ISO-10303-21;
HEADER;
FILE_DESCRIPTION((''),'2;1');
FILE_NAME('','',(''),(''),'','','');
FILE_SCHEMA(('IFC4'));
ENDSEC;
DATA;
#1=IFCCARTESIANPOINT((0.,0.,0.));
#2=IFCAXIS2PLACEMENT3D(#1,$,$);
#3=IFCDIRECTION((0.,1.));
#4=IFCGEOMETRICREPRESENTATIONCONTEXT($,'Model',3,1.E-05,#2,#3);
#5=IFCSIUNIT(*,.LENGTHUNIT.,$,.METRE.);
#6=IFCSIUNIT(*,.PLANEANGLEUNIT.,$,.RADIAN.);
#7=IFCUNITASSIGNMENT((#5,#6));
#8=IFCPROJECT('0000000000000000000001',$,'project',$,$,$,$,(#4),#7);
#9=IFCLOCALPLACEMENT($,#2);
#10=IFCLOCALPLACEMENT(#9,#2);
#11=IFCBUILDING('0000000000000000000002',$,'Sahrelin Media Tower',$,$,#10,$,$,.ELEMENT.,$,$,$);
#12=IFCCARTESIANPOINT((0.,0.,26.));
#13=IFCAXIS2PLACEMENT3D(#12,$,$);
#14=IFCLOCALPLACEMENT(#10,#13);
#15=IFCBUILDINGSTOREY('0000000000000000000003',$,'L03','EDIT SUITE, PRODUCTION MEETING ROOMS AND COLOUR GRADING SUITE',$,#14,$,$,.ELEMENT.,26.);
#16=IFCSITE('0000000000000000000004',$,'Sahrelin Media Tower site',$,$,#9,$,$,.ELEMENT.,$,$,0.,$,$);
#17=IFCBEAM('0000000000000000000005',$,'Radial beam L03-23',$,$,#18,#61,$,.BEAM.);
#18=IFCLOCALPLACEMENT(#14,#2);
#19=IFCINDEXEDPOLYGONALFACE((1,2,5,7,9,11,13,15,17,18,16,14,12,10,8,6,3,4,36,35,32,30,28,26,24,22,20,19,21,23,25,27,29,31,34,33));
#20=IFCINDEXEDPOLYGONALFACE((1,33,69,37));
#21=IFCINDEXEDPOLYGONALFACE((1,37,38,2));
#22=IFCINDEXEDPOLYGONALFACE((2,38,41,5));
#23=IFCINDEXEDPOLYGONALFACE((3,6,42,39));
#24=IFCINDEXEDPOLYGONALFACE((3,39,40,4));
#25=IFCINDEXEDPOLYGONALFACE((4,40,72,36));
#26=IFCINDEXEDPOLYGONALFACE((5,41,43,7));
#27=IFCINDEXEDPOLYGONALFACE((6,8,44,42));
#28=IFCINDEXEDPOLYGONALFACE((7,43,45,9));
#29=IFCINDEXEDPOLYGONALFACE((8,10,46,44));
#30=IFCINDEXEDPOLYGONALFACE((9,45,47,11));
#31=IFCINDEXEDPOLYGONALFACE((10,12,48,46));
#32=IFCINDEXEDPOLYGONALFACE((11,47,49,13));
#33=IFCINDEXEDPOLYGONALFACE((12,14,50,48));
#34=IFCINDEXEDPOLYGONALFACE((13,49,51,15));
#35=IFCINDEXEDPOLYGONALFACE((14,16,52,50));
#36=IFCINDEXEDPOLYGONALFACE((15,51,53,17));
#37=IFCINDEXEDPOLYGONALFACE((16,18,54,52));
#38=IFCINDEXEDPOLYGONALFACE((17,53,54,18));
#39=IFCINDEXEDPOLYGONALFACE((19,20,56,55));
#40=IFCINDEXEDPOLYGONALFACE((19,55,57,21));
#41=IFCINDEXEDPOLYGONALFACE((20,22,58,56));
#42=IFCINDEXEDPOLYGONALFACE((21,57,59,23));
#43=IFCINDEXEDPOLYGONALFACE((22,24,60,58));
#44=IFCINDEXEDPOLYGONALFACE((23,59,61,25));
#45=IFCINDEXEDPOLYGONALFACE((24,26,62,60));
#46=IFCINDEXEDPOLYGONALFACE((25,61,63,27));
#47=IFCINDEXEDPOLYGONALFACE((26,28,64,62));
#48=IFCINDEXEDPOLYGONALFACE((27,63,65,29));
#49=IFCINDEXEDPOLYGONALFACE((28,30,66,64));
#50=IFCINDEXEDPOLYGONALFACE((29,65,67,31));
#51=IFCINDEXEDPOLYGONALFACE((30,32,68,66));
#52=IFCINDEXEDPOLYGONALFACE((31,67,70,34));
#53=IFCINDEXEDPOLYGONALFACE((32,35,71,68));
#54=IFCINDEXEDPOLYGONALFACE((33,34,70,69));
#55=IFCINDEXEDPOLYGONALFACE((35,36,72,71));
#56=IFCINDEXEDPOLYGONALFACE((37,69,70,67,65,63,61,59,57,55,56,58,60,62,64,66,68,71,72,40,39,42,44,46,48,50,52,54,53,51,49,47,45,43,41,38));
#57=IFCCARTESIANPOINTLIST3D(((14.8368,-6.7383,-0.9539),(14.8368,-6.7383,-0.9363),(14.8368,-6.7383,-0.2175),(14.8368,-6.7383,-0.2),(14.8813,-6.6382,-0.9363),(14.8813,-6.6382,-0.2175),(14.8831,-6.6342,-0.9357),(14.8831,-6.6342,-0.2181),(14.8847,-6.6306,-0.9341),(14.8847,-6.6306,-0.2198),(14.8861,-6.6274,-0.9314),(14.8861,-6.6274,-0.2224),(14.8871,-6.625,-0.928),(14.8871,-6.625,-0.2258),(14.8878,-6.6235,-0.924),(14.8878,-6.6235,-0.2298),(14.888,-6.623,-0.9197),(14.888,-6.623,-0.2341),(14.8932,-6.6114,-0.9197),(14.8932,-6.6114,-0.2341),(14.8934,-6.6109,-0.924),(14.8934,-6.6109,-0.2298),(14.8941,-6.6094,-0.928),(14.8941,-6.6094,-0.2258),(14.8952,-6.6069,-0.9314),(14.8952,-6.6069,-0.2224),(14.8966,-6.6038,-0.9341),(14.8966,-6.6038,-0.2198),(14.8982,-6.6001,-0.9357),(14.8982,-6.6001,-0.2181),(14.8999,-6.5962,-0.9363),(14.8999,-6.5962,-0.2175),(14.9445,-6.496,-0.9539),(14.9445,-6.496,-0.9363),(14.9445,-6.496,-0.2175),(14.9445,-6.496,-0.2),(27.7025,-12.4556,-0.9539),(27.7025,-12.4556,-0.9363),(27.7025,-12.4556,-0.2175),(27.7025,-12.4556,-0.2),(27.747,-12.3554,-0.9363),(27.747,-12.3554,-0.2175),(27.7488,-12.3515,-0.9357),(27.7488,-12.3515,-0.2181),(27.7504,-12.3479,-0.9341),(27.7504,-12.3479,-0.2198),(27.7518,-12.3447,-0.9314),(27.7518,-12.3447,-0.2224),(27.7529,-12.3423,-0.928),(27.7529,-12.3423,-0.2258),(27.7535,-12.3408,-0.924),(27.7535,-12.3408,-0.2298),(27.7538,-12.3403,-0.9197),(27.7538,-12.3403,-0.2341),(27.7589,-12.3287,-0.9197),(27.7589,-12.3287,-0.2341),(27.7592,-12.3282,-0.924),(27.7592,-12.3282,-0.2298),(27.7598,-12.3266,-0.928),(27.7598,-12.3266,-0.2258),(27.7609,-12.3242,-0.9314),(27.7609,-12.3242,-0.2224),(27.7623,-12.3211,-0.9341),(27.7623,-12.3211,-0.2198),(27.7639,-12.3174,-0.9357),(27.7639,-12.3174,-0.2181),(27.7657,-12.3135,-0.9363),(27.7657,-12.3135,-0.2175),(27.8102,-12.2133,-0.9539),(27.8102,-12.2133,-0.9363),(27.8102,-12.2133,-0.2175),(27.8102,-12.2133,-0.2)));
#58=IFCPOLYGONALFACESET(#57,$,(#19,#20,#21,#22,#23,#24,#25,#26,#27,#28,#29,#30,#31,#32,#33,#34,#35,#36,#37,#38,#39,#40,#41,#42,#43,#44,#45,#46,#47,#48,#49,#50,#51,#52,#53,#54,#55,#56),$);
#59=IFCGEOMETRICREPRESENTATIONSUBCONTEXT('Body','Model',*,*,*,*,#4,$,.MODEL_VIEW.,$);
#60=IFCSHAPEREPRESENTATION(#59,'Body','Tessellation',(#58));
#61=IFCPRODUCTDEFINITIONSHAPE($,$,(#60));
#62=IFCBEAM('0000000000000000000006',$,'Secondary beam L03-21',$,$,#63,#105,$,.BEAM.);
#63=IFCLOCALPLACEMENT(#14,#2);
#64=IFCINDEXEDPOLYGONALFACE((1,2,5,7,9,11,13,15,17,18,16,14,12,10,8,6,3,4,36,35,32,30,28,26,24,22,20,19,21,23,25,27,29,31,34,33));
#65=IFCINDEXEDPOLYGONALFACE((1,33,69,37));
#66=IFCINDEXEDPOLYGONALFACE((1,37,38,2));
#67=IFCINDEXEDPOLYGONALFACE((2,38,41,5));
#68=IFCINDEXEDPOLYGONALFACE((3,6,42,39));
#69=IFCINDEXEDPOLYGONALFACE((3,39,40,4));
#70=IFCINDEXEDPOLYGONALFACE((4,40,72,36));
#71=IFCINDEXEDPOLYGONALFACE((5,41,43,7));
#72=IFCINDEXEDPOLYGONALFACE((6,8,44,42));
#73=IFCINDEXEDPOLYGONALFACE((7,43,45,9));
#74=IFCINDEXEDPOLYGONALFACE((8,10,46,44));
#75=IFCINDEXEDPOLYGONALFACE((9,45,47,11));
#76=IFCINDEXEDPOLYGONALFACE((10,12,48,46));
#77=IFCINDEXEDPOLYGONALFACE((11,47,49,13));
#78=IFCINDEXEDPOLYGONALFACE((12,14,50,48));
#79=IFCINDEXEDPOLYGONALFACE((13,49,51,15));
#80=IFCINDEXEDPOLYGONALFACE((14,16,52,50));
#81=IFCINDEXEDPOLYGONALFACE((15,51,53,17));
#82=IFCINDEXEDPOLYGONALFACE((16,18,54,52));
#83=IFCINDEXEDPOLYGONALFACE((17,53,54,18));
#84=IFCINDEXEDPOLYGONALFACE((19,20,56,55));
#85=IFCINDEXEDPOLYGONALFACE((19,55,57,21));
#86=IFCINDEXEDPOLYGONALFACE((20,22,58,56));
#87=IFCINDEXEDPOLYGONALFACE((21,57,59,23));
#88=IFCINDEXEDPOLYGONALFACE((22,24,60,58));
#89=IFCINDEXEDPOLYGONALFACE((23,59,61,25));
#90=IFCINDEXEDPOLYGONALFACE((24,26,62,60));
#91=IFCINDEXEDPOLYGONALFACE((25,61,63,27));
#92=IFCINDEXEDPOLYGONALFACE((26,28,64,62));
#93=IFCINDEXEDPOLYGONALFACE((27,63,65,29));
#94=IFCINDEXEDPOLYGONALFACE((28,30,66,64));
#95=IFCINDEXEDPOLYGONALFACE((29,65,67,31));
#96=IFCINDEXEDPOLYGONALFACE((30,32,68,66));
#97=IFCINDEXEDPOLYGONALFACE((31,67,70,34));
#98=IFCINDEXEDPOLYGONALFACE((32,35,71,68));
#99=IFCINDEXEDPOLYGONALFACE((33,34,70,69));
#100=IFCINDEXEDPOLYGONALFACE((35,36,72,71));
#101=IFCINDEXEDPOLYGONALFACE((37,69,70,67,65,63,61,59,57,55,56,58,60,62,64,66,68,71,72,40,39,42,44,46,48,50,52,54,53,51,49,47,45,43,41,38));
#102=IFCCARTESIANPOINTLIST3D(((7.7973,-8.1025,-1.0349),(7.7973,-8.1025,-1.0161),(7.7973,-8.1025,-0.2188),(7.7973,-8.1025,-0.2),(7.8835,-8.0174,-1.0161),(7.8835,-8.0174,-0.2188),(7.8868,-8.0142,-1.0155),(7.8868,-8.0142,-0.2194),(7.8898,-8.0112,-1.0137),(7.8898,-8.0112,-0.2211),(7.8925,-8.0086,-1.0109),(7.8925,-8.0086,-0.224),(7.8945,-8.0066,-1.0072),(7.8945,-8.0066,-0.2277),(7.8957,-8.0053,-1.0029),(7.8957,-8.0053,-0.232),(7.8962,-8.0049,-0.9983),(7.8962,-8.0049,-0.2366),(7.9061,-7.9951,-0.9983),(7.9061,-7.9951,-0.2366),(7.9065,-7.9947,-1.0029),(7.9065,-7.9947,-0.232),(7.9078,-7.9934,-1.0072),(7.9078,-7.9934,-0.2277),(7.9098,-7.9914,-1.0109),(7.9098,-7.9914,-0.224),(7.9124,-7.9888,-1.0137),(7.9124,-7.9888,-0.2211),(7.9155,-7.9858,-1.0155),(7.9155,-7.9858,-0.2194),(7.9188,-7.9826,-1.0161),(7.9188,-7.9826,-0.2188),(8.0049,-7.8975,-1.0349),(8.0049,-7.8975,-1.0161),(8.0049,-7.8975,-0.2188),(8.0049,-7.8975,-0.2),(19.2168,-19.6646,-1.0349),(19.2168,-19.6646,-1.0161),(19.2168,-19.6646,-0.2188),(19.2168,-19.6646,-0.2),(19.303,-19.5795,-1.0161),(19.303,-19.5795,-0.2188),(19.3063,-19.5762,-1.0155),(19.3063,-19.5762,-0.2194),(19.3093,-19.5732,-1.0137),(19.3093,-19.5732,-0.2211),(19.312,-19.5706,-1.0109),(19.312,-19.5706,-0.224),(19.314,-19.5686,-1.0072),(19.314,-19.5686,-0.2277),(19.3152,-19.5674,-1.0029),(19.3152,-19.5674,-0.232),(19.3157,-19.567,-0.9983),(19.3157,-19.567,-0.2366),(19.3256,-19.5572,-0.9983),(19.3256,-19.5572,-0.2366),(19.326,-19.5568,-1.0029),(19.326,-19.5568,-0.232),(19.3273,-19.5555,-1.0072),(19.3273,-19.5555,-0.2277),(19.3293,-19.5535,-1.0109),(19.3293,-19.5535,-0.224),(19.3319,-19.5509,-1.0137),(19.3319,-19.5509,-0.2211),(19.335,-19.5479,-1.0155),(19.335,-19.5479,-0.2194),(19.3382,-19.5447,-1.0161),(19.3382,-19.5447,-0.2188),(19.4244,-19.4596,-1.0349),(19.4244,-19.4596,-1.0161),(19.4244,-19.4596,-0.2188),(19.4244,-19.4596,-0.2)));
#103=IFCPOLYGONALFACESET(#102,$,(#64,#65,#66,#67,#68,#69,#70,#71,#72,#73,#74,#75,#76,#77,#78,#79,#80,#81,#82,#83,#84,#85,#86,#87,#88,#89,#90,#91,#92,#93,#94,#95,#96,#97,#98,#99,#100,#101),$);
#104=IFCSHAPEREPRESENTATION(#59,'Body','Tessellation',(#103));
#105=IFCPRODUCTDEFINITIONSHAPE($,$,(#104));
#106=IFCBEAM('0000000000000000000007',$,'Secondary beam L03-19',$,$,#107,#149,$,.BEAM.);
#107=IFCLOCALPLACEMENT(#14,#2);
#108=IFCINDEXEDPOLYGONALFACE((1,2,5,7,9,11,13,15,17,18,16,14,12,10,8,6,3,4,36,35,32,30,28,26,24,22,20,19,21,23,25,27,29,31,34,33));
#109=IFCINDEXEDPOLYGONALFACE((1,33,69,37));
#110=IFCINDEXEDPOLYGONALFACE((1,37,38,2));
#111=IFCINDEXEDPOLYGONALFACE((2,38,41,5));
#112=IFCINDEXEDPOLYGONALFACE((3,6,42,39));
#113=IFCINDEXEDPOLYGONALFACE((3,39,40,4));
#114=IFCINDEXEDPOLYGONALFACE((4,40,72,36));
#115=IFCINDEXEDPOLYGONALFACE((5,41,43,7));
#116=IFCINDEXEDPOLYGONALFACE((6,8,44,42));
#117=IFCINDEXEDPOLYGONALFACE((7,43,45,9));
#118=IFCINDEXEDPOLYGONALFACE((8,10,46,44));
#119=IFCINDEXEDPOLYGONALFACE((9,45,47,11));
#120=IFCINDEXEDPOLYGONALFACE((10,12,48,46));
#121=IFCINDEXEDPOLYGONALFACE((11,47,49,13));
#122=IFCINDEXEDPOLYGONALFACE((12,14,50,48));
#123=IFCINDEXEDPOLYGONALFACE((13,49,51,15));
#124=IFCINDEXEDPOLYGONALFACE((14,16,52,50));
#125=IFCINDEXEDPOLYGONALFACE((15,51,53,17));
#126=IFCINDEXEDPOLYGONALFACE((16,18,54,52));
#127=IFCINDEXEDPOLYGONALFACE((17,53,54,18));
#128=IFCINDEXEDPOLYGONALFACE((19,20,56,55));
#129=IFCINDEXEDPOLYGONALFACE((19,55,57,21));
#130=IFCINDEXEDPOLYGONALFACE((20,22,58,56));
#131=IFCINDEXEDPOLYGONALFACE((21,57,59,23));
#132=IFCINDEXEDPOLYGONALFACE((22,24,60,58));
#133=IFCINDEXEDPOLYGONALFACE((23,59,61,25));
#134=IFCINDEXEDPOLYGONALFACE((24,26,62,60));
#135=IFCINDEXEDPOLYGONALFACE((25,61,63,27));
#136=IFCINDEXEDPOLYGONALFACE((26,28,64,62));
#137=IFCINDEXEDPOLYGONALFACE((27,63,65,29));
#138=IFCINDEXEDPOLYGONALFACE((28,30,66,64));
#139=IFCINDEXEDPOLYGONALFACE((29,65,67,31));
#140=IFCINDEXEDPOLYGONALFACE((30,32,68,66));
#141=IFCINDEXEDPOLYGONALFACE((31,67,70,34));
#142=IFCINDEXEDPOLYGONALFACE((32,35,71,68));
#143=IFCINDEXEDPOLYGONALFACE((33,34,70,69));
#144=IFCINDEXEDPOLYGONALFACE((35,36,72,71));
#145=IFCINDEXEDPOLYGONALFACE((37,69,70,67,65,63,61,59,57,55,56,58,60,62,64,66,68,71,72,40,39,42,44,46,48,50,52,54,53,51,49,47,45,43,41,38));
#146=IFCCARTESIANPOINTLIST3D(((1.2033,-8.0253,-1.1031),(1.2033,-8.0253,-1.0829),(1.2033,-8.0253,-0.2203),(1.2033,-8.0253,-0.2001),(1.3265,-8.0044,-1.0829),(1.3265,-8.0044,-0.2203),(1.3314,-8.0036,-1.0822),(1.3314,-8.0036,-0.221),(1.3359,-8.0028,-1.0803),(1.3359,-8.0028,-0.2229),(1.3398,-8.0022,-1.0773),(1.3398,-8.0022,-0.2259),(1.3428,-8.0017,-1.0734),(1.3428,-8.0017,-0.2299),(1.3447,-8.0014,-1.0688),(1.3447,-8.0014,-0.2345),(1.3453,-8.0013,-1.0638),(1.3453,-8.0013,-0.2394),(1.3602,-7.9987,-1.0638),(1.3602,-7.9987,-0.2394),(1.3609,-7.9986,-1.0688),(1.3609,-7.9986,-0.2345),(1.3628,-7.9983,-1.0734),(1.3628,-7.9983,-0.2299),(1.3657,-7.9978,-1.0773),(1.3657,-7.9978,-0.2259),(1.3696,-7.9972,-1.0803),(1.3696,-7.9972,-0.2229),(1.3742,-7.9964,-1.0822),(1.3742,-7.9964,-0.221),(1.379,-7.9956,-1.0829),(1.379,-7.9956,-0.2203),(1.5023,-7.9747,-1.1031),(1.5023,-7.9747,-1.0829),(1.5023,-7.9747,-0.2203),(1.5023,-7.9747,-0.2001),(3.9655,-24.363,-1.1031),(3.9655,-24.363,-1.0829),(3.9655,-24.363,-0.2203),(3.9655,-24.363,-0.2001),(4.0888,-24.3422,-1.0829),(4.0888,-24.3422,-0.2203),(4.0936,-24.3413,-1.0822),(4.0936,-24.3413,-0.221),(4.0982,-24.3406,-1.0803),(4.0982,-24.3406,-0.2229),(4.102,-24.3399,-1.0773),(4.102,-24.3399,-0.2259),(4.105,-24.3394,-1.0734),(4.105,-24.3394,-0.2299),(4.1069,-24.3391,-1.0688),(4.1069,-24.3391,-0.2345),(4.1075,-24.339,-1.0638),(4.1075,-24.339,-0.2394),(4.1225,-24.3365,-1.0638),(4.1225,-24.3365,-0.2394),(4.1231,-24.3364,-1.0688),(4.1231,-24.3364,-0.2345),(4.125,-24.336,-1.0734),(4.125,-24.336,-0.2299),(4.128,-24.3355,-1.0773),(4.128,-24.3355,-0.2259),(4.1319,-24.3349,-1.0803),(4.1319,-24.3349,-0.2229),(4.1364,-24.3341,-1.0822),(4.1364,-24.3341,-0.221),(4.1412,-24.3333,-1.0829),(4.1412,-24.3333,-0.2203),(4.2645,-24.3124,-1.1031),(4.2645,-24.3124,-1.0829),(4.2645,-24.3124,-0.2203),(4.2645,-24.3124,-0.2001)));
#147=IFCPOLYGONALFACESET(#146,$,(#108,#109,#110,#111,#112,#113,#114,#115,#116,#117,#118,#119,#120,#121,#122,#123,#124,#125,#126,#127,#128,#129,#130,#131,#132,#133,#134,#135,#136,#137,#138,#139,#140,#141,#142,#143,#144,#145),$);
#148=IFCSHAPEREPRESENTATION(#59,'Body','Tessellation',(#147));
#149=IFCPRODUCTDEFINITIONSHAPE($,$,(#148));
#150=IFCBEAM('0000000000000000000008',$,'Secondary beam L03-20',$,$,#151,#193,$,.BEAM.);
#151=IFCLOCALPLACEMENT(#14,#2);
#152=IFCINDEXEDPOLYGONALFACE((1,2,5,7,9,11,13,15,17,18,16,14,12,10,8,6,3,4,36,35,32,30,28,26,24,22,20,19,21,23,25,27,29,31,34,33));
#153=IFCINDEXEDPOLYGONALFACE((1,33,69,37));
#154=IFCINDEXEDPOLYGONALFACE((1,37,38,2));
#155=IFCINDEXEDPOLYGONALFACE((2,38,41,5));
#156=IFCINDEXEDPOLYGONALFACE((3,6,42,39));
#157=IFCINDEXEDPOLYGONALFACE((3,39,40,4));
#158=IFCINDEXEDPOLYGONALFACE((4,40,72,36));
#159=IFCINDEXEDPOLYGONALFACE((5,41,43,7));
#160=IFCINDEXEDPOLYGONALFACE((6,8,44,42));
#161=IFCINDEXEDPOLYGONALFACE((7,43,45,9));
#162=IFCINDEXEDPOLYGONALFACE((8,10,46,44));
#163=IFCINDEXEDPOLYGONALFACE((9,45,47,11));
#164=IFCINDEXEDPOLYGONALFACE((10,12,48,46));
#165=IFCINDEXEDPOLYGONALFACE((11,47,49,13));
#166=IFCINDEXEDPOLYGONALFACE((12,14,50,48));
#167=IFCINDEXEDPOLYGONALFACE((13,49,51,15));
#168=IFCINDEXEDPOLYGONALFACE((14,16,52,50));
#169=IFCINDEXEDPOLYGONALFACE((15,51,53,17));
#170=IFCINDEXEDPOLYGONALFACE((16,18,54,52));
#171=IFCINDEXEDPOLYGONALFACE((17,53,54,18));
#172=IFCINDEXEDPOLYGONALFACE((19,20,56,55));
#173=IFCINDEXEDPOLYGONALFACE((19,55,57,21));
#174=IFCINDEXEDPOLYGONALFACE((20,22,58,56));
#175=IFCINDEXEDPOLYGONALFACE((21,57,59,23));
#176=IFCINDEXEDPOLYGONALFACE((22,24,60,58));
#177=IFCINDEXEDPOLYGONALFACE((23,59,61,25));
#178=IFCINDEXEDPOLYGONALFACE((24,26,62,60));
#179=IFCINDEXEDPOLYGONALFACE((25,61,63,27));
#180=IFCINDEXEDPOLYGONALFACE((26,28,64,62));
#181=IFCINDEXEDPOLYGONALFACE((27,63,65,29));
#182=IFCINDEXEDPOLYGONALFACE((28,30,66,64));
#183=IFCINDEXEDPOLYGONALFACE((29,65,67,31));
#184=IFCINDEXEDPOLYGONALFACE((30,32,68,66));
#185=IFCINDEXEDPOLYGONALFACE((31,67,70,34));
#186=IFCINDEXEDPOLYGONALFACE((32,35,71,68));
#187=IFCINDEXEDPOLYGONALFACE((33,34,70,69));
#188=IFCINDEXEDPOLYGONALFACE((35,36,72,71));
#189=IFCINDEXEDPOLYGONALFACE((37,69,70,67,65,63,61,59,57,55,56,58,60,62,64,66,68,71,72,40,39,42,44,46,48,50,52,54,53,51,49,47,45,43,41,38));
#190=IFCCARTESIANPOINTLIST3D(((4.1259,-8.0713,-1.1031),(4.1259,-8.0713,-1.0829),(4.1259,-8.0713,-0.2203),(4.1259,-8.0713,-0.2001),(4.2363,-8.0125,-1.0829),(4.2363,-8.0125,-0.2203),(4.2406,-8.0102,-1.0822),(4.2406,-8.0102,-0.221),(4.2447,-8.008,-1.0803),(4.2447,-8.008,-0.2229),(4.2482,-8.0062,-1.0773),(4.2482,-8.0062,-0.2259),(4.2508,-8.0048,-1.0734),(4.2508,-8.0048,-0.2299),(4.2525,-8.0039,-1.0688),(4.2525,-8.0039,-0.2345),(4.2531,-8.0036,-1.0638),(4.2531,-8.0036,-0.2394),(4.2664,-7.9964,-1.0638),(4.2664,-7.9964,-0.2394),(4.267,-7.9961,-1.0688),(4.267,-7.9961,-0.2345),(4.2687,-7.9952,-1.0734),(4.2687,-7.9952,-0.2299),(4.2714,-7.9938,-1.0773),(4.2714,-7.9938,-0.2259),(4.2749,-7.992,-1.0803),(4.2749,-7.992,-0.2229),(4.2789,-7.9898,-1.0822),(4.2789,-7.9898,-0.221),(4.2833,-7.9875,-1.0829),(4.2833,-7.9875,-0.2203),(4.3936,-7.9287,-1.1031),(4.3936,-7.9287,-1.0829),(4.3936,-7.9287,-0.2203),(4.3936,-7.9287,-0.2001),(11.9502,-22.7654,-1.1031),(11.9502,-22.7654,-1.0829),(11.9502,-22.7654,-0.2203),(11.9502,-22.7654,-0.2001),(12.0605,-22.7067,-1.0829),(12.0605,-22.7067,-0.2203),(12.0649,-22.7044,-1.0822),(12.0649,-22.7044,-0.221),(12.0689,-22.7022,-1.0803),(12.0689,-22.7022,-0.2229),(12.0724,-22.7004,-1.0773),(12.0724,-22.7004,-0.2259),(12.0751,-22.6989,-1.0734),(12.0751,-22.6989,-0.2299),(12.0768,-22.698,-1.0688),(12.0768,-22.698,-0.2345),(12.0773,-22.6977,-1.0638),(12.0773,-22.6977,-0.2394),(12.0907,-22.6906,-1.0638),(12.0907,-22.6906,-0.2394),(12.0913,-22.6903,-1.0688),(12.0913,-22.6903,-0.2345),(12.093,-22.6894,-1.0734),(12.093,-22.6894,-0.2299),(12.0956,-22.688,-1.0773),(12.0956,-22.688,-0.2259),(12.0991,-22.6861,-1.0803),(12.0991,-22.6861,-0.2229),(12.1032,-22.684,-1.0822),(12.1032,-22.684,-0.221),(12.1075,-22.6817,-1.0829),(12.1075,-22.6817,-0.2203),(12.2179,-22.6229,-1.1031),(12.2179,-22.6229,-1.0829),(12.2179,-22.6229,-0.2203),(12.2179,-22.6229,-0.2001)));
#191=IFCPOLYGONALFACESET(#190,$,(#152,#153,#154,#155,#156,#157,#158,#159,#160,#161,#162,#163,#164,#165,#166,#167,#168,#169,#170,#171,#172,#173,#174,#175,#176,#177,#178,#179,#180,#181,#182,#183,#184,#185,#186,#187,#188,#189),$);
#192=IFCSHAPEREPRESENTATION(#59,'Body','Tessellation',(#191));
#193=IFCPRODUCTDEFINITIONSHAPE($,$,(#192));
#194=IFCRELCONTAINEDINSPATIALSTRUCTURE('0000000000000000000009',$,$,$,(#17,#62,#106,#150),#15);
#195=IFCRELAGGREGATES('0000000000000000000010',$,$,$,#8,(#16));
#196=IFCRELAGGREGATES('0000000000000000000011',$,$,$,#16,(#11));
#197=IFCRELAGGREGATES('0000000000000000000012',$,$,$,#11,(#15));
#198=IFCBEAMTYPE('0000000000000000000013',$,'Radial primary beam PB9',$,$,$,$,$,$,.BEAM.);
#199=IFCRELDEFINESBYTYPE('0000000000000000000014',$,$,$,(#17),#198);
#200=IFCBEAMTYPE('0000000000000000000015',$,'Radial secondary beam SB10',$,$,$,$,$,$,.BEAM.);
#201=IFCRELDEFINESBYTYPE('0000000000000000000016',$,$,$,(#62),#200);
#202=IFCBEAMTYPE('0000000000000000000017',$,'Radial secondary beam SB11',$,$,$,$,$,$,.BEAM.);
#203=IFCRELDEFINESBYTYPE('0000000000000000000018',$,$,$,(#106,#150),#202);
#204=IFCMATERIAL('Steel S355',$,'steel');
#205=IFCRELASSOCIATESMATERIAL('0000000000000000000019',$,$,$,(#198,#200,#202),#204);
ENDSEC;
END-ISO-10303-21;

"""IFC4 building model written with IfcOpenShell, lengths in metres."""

from ifc_helpers import new_model, si_unit, direction, frame, origin, origin_2d, place, context, subcontext, project, spatial, i_section, extrude, material, material_profile, profile_set, type_object, element, save


model = new_model("IFC4")

# Units and contexts
model_context = context("Model", 3, precision=1e-05, world=origin(), true_north=direction((0.0, 1.0)))
body_context = subcontext(model_context, "Body", "Model", "MODEL_VIEW")
ifc_project = project(units=[si_unit("LENGTHUNIT", "METRE"), si_unit("PLANEANGLEUNIT", "RADIAN")], contexts=[model_context])

# Site, building, storey
site_placement = place(None, origin())
site = spatial("IfcSite", under=ifc_project, at=site_placement, Name="Sahrelin Media Tower site", CompositionType="ELEMENT", RefElevation=0.0)
building_placement = place(site_placement, origin())
building = spatial("IfcBuilding", under=site, at=building_placement, Name="Sahrelin Media Tower", CompositionType="ELEMENT")
storey_placement = place(building_placement, frame((0.0, 0.0, 26.0)))
storey = spatial("IfcBuildingStorey", under=building, at=storey_placement, Name="L03", Description="EDIT SUITE, PRODUCTION MEETING ROOMS AND COLOUR GRADING SUITE", CompositionType="ELEMENT", Elevation=26.0)

# Beams
ifc_material_1 = material(Name="Steel S355", Category="steel")
ifc_material_profile_1 = material_profile(ifc_material_1, i_section(OverallWidth=0.2651, OverallDepth=0.7539, WebThickness=0.0127, FlangeThickness=0.0176, FilletRadius=0.0166, at=origin_2d()), Name="UB 762x267x147")
ifc_profile_set_1 = profile_set([ifc_material_profile_1], Name="Steel S355")
beam_type_1 = type_object("IfcBeamType", Name="Radial primary beam PB9", PredefinedType="BEAM", material=ifc_profile_set_1)
beam_1_placement = place(storey_placement, frame((14.8906, -6.6172, -0.5769), z_axis=(0.913833, -0.40609, 0.0), x_axis=(0.40609, 0.913833, 0.0)))
element("IfcBeam", 1, at=beam_1_placement, inside=storey, type_object=beam_type_1, Name="Radial beam L03-23", PredefinedType="BEAM", context=body_context, shape_type="SweptSolid", body=[
    extrude(i_section(OverallWidth=0.2651, OverallDepth=0.7539, WebThickness=0.0127, FlangeThickness=0.0176, FilletRadius=0.0166, at=origin_2d()), origin(), (0.0, 0.0, 1.0), 14.0789),
])
ifc_material_profile_2 = material_profile(ifc_material_1, i_section(OverallWidth=0.2917, OverallDepth=0.835, WebThickness=0.0139, FlangeThickness=0.0188, FilletRadius=0.0178, at=origin_2d()), Name="UB 838x292x176")
ifc_profile_set_2 = profile_set([ifc_material_profile_2], Name="Steel S355")
beam_type_2 = type_object("IfcBeamType", Name="Radial secondary beam SB10", PredefinedType="BEAM", material=ifc_profile_set_2)
beam_2_placement = place(storey_placement, frame((7.9011, -8.0, -0.6174), z_axis=(0.702706, -0.71148, 0.0), x_axis=(0.71148, 0.702706, 0.0)))
element("IfcBeam", 2, at=beam_2_placement, inside=storey, type_object=beam_type_2, Name="Secondary beam L03-21", PredefinedType="BEAM", context=body_context, shape_type="SweptSolid", body=[
    extrude(i_section(OverallWidth=0.2917, OverallDepth=0.835, WebThickness=0.0139, FlangeThickness=0.0188, FilletRadius=0.0178, at=origin_2d()), origin(), (0.0, 0.0, 1.0), 16.2507),
])
ifc_material_profile_3 = material_profile(ifc_material_1, i_section(OverallWidth=0.3032, OverallDepth=0.9031, WebThickness=0.0151, FlangeThickness=0.0203, FilletRadius=0.019, at=origin_2d()), Name="UB 914x305x201")
ifc_profile_set_3 = profile_set([ifc_material_profile_3], Name="Steel S355")
beam_type_3 = type_object("IfcBeamType", Name="Radial secondary beam SB11", PredefinedType="BEAM", material=ifc_profile_set_3)
beam_3_placement = place(storey_placement, frame((1.3528, -8.0, -0.6516), z_axis=(0.166704, -0.986007, 0.0), x_axis=(0.986007, 0.166704, 0.0)))
element("IfcBeam", 3, at=beam_3_placement, inside=storey, type_object=beam_type_3, Name="Secondary beam L03-19", PredefinedType="BEAM", context=body_context, shape_type="SweptSolid", body=[
    extrude(i_section(OverallWidth=0.3032, OverallDepth=0.9031, WebThickness=0.0151, FlangeThickness=0.0203, FilletRadius=0.019, at=origin_2d()), origin(), (0.0, 0.0, 1.0), 16.5696),
])
beam_4_placement = place(storey_placement, frame((4.2598, -8.0, -0.6516), z_axis=(0.469997, -0.882668, 0.0), x_axis=(0.882668, 0.469997, 0.0)))
element("IfcBeam", 4, at=beam_4_placement, inside=storey, type_object=beam_type_3, Name="Secondary beam L03-20", PredefinedType="BEAM", context=body_context, shape_type="SweptSolid", body=[
    extrude(i_section(OverallWidth=0.3032, OverallDepth=0.9031, WebThickness=0.0151, FlangeThickness=0.0203, FilletRadius=0.019, at=origin_2d()), origin(), (0.0, 0.0, 1.0), 16.6475),
])

save(model, "model.ifc")
